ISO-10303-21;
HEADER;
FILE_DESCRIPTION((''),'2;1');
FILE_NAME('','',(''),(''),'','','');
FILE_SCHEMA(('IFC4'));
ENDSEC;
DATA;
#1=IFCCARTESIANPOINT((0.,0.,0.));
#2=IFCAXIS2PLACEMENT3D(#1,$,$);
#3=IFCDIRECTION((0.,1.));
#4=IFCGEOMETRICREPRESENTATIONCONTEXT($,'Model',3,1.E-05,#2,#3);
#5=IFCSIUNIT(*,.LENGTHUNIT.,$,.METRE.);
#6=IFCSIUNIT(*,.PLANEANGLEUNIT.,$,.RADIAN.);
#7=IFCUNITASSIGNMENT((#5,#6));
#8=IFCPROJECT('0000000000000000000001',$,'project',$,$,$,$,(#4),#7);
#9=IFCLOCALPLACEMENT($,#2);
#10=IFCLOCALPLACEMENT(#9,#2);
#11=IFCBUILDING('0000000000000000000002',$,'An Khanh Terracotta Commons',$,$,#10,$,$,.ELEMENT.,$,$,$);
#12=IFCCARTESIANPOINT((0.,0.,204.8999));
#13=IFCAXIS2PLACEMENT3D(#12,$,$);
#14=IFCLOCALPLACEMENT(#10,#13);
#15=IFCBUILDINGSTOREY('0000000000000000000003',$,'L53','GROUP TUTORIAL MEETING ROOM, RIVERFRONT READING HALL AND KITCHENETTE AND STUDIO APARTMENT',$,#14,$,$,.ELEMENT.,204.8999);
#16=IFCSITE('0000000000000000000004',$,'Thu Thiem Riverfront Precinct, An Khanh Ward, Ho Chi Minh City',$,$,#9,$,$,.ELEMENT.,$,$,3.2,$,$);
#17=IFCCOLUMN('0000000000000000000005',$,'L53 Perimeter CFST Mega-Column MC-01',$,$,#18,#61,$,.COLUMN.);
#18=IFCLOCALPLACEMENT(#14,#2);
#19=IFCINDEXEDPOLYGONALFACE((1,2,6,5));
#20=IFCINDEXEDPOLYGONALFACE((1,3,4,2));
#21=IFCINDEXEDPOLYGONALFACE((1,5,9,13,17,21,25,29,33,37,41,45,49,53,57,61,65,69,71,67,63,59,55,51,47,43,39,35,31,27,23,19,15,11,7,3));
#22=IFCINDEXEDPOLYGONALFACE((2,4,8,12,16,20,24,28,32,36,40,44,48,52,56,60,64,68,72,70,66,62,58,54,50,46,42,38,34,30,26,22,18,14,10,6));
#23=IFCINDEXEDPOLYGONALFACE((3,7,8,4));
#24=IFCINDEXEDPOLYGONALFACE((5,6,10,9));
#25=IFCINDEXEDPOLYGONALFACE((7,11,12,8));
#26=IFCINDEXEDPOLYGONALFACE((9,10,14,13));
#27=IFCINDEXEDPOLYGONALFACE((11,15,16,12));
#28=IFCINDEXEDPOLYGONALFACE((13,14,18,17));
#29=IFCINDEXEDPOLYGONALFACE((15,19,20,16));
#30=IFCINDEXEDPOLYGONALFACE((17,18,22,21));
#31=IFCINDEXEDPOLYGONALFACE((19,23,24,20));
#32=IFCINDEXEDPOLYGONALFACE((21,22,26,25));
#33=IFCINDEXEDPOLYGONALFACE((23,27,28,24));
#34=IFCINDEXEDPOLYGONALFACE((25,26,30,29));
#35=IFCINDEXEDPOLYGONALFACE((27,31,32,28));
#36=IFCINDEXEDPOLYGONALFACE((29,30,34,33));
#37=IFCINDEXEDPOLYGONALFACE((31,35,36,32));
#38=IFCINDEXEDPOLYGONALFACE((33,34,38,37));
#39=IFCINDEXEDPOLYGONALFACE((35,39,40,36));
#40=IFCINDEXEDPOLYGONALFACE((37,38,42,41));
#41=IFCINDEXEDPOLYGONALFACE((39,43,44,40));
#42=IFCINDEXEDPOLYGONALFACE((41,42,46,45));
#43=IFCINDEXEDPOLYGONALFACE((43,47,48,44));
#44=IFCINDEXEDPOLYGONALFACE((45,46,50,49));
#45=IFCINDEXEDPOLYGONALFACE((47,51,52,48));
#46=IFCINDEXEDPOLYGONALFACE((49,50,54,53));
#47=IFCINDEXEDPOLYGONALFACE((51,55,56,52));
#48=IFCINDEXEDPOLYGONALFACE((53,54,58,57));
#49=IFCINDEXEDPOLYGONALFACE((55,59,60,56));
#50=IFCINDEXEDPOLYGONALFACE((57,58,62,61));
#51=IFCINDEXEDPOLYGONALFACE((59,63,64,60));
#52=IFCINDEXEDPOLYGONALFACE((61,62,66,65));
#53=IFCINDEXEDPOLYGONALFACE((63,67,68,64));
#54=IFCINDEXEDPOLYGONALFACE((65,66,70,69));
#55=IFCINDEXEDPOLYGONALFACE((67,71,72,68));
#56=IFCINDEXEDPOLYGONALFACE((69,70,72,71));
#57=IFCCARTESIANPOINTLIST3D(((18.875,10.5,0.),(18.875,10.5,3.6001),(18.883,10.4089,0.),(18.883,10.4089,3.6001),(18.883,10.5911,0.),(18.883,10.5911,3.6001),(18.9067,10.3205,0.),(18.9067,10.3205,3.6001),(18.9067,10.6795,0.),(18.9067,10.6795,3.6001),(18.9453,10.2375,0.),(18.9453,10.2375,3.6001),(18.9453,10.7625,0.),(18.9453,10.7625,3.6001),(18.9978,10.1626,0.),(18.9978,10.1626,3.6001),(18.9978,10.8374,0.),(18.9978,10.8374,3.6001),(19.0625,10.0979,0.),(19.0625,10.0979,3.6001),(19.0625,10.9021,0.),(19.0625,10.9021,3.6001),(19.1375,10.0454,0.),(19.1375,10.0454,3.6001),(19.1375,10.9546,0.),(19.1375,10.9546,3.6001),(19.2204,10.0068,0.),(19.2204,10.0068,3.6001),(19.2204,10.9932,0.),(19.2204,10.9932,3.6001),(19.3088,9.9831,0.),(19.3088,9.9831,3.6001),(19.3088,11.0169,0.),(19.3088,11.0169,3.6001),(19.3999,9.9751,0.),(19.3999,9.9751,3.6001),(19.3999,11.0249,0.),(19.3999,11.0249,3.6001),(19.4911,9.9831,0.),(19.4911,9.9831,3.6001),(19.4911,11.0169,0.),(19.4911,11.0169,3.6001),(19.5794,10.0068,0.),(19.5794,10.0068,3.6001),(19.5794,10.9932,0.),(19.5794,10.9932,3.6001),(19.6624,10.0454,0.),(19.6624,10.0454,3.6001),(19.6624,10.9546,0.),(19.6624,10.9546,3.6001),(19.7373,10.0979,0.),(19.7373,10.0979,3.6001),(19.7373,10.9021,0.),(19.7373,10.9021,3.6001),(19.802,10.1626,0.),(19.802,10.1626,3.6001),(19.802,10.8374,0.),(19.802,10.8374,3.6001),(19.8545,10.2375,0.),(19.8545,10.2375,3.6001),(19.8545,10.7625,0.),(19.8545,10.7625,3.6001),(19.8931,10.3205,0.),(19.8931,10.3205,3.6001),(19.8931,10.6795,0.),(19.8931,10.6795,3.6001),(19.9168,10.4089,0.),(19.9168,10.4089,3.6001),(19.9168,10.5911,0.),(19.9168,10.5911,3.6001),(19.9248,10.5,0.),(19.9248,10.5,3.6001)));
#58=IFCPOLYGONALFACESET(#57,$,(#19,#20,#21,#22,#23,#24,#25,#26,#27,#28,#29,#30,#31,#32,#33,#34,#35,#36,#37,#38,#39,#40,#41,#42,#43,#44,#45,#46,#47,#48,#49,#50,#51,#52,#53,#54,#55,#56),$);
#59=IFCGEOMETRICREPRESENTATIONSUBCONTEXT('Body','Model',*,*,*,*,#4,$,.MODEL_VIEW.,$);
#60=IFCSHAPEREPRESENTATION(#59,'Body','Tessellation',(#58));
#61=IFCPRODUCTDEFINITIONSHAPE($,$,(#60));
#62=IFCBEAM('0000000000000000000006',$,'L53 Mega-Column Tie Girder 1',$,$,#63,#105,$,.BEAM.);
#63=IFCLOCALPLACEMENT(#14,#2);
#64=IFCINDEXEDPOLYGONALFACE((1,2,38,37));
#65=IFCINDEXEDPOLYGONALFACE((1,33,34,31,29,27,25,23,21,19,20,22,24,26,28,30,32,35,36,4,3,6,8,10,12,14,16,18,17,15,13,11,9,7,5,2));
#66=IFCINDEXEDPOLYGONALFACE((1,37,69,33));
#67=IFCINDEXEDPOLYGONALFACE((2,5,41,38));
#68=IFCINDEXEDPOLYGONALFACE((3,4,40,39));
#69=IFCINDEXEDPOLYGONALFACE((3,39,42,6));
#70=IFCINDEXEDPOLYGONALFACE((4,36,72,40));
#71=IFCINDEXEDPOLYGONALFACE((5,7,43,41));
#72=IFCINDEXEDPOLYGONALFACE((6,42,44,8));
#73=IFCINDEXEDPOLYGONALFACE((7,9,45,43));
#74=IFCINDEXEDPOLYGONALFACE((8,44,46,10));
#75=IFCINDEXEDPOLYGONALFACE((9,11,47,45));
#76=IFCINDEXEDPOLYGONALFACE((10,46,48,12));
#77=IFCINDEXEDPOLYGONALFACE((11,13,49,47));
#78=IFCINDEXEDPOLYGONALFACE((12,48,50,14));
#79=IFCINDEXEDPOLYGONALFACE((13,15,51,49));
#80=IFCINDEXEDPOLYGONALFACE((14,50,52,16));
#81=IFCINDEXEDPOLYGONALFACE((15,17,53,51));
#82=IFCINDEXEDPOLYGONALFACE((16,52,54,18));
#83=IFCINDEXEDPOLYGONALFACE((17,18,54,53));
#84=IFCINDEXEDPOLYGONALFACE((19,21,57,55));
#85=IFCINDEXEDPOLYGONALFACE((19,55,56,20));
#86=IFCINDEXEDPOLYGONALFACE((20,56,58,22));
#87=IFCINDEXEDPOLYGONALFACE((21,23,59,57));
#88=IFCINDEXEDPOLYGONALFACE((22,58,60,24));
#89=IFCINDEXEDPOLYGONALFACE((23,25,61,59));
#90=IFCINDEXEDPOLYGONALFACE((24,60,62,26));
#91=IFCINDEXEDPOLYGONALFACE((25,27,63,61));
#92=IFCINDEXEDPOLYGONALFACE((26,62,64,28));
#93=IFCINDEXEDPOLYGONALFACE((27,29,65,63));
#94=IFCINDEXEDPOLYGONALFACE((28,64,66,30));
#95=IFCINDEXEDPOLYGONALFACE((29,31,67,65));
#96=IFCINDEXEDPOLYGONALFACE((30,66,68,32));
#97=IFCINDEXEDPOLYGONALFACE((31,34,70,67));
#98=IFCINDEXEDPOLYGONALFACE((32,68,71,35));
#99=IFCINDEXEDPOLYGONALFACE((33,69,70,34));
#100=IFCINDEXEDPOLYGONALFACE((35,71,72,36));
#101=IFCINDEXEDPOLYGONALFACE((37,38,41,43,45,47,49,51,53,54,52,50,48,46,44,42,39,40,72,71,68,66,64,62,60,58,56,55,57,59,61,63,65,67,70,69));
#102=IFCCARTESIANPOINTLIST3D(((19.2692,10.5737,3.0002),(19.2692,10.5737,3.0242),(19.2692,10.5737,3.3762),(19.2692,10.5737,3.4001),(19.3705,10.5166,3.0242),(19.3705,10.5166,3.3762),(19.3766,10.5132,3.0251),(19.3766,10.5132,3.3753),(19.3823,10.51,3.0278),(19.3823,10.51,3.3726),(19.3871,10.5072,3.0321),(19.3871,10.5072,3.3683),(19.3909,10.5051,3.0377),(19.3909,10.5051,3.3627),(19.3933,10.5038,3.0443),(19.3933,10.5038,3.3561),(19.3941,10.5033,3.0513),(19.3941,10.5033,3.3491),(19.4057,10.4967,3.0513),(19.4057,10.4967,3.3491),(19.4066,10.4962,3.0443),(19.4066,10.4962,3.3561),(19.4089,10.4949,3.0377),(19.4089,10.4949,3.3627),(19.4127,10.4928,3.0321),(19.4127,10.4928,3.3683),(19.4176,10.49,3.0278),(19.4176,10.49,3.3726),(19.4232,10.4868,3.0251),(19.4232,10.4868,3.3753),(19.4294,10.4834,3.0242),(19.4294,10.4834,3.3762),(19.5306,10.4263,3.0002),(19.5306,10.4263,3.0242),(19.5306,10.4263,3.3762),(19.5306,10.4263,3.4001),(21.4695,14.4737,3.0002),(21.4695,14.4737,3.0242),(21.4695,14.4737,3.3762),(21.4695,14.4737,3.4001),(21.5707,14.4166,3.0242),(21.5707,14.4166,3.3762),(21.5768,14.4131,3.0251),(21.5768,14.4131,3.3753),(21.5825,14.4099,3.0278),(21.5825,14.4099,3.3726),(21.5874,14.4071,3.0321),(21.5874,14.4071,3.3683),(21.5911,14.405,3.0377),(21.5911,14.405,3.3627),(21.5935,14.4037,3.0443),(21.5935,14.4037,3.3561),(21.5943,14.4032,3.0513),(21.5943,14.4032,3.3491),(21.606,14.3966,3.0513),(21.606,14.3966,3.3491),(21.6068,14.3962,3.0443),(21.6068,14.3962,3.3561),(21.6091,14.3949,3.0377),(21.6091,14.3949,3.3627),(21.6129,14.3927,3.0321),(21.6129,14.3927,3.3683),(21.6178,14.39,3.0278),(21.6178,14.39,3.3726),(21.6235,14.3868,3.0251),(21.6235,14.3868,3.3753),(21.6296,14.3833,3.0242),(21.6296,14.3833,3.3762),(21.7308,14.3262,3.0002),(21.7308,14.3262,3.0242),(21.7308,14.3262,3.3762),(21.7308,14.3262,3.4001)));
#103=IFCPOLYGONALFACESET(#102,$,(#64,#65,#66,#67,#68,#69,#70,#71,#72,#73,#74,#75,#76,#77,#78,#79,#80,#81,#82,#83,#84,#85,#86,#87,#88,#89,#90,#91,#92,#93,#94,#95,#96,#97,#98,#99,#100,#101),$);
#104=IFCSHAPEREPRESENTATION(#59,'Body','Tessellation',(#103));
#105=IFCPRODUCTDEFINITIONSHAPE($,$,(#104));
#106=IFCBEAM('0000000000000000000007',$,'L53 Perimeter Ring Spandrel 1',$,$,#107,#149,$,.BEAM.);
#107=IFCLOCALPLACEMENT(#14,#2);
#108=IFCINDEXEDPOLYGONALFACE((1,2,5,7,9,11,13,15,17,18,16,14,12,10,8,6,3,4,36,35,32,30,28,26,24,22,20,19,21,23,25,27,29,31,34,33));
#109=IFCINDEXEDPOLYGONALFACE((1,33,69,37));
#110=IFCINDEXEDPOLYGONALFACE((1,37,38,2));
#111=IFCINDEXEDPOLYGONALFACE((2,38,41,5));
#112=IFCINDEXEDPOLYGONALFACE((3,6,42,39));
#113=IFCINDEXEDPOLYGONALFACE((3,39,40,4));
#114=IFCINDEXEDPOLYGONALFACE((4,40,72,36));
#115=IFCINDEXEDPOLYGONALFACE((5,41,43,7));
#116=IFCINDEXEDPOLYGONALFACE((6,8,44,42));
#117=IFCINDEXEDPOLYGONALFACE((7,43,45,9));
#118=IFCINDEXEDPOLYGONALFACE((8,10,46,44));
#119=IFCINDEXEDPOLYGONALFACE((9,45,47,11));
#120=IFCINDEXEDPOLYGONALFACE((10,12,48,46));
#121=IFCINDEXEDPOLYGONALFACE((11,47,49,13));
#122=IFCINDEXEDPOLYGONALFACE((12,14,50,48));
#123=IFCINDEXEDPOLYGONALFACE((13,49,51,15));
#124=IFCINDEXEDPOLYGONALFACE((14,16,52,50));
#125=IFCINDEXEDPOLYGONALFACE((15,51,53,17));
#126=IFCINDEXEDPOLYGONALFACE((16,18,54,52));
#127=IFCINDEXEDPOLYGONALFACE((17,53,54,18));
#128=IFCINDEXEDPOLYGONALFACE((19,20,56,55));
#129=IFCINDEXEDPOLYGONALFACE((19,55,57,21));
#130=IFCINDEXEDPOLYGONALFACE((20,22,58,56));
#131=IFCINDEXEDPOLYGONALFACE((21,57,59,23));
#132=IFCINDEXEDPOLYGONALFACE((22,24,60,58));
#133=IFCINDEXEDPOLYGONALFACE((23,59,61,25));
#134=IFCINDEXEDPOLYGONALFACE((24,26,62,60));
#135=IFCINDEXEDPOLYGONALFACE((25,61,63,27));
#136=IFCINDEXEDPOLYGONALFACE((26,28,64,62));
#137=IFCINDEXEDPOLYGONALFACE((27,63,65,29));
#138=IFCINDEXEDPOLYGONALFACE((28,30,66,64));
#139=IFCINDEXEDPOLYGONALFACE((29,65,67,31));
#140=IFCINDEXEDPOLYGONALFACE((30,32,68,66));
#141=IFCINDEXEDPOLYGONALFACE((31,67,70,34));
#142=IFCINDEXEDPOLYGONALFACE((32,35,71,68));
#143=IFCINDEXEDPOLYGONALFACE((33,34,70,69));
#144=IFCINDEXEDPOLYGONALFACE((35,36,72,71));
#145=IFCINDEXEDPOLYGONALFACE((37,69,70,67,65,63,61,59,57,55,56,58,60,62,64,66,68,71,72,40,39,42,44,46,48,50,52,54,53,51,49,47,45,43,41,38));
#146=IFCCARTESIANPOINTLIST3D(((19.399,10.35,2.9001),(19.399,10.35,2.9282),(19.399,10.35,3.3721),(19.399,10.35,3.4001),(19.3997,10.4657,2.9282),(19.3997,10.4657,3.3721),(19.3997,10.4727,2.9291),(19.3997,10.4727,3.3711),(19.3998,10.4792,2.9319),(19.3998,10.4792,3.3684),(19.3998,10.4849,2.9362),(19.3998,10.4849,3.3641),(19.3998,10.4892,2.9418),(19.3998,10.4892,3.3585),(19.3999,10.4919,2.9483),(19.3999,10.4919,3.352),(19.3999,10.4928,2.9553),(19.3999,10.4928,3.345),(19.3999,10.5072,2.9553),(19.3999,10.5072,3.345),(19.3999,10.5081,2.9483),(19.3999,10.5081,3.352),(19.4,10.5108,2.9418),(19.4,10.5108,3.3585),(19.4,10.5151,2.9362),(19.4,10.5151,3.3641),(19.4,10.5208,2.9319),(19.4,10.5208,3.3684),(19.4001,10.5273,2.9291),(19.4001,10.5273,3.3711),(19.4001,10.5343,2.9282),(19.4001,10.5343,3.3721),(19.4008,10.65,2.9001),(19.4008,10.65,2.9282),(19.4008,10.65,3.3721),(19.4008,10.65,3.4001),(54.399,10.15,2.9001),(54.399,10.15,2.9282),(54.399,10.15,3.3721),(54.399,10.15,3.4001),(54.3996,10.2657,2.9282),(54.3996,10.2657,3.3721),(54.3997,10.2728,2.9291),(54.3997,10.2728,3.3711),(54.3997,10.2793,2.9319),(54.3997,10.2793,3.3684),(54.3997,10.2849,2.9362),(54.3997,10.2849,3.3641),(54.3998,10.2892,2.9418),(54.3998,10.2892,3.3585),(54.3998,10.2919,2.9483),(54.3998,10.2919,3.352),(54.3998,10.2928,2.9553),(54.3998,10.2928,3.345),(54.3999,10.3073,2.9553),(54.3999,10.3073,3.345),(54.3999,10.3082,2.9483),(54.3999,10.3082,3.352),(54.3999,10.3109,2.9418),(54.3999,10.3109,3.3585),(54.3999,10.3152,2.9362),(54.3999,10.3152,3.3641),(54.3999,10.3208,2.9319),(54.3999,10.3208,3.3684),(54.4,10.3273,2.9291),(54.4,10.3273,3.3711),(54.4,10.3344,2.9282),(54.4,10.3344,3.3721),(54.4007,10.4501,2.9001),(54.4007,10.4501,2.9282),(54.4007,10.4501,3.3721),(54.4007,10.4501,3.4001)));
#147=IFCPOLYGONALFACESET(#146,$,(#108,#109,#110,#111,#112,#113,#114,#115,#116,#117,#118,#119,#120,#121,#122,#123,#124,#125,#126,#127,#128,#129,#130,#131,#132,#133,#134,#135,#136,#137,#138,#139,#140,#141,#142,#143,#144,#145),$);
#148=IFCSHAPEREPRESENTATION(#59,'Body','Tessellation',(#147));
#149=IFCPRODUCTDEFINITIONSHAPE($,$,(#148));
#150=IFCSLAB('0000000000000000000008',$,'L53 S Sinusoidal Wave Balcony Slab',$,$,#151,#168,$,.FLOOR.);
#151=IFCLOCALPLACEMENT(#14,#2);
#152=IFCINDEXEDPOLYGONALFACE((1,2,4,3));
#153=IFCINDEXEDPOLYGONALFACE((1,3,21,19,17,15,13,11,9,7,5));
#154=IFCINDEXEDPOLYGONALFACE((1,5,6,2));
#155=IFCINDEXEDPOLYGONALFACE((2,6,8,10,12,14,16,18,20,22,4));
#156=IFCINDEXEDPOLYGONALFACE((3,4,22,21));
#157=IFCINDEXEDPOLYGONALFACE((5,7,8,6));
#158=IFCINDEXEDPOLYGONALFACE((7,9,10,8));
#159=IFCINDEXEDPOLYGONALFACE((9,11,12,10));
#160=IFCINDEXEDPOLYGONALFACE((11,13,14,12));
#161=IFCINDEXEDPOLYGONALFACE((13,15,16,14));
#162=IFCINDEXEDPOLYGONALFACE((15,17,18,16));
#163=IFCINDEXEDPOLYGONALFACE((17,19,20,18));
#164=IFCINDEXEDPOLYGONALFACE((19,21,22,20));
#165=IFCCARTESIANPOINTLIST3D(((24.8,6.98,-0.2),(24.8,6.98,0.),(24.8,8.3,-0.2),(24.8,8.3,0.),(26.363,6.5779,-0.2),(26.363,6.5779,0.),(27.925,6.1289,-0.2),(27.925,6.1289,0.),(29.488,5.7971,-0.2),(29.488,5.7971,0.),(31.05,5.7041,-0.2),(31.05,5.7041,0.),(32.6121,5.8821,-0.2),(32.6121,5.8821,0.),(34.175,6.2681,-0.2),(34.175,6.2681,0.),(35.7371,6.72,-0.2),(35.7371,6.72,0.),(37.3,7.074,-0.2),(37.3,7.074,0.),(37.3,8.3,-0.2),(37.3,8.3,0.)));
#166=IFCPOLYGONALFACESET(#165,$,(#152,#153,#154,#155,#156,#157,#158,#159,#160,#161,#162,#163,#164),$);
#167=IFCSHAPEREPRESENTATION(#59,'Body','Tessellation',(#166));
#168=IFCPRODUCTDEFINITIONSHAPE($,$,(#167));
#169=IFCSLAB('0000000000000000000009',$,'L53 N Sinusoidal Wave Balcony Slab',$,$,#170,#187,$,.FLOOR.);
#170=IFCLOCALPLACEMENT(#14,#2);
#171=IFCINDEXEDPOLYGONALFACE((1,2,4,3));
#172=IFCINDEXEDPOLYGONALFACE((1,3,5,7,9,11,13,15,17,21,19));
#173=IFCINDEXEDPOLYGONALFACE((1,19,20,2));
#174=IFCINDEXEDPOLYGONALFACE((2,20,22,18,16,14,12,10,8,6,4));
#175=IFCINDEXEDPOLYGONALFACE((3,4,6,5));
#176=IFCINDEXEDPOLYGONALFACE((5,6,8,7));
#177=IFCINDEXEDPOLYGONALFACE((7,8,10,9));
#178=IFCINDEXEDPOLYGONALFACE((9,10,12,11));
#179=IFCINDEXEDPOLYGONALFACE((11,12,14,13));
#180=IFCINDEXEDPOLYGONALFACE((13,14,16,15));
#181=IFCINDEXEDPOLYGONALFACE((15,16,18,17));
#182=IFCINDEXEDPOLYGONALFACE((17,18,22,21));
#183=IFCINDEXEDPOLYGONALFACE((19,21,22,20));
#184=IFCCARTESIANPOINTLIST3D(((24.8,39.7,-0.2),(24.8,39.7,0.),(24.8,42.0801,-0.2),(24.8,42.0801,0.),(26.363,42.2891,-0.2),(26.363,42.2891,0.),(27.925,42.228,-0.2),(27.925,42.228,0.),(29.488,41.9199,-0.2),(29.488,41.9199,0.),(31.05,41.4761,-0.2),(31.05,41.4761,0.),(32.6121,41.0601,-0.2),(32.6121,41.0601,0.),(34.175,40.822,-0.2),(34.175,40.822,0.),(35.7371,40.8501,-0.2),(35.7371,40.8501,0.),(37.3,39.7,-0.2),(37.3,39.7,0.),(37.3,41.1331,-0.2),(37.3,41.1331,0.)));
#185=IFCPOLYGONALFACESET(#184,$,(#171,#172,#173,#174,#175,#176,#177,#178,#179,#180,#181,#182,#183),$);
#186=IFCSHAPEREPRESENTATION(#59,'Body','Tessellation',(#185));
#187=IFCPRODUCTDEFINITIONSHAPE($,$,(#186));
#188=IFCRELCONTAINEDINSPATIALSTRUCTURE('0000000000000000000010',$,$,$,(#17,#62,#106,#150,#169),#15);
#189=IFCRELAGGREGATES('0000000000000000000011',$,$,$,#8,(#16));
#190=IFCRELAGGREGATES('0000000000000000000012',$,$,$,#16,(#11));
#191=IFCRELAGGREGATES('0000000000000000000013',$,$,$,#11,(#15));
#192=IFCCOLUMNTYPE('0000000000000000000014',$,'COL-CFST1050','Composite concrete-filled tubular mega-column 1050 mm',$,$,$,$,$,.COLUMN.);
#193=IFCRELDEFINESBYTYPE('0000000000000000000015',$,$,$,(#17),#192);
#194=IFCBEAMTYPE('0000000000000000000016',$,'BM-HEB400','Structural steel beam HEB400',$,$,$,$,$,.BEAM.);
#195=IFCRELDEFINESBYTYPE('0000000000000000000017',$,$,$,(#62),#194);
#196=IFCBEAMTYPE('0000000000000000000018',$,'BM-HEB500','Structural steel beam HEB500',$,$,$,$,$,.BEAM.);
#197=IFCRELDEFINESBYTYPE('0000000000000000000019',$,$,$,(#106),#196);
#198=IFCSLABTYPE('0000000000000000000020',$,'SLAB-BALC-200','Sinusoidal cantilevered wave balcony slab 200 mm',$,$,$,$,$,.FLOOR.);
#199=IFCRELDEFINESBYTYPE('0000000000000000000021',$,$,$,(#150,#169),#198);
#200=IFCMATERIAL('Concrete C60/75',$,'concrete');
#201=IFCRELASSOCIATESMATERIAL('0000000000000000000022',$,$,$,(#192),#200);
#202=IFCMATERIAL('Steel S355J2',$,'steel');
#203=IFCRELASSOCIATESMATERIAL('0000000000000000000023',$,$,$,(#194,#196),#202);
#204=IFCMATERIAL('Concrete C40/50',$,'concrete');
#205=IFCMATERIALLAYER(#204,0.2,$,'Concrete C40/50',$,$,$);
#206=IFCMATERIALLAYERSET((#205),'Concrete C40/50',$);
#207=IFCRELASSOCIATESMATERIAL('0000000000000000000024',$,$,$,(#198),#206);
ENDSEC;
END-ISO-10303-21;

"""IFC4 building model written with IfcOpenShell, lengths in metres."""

from ifc_helpers import new_model, si_unit, direction, frame, origin, origin_2d, place, context, subcontext, project, spatial, polyline, circle, i_section, outline, extrude, material, layer, layer_set, material_profile, profile_set, type_object, element, save


model = new_model("IFC4")

# Units and contexts
model_context = context("Model", 3, precision=1e-05, world=origin(), true_north=direction((0.0, 1.0)))
body_context = subcontext(model_context, "Body", "Model", "MODEL_VIEW")
ifc_project = project(units=[si_unit("LENGTHUNIT", "METRE"), si_unit("PLANEANGLEUNIT", "RADIAN")], contexts=[model_context])

# Site, building, storey
site_placement = place(None, origin())
site = spatial("IfcSite", under=ifc_project, at=site_placement, Name="Thu Thiem Riverfront Precinct, An Khanh Ward, Ho Chi Minh City", CompositionType="ELEMENT", RefElevation=3.2)
building_placement = place(site_placement, origin())
building = spatial("IfcBuilding", under=site, at=building_placement, Name="An Khanh Terracotta Commons", CompositionType="ELEMENT")
storey_placement = place(building_placement, frame((0.0, 0.0, 204.8999)))
storey = spatial("IfcBuildingStorey", under=building, at=storey_placement, Name="L53", Description="GROUP TUTORIAL MEETING ROOM, RIVERFRONT READING HALL AND KITCHENETTE AND STUDIO APARTMENT", CompositionType="ELEMENT", Elevation=204.8999)

# Column
ifc_material_1 = material(Name="Concrete C60/75", Category="concrete")
ifc_material_profile_1 = material_profile(ifc_material_1, circle(Radius=0.5249, at=origin_2d()), Name="CFST1050")
ifc_profile_set_1 = profile_set([ifc_material_profile_1], Name="Concrete C60/75")
column_type = type_object("IfcColumnType", Name="COL-CFST1050", Description="Composite concrete-filled tubular mega-column 1050 mm", PredefinedType="COLUMN", material=ifc_profile_set_1)
column_placement = place(storey_placement, frame((19.3999, 10.5, 0.0), z_axis=(0.0, 0.0, 1.0), x_axis=(1.0, 0.0, 0.0)))
element("IfcColumn", 1, at=column_placement, inside=storey, type_object=column_type, Name="L53 Perimeter CFST Mega-Column MC-01", PredefinedType="COLUMN", context=body_context, shape_type="SweptSolid", body=[
    extrude(circle(Radius=0.5249, at=origin_2d()), origin(), (0.0, 0.0, 1.0), 3.6001),
])

# Beams
ifc_material_2 = material(Name="Steel S355J2", Category="steel")
ifc_material_profile_2 = material_profile(ifc_material_2, i_section(OverallWidth=0.3, OverallDepth=0.3999, WebThickness=0.0134, FlangeThickness=0.0239, FilletRadius=0.0271, at=origin_2d()), Name="HEB400")
ifc_profile_set_2 = profile_set([ifc_material_profile_2], Name="Steel S355J2")
beam_type_1 = type_object("IfcBeamType", Name="BM-HEB400", Description="Structural steel beam HEB400", PredefinedType="BEAM", material=ifc_profile_set_2)
beam_1_placement = place(storey_placement, frame((19.3999, 10.5, 3.2002), z_axis=(0.491364, 0.870955, 0.0), x_axis=(-0.870955, 0.491364, 0.0)))
element("IfcBeam", 2, at=beam_1_placement, inside=storey, type_object=beam_type_1, Name="L53 Mega-Column Tie Girder 1", PredefinedType="BEAM", context=body_context, shape_type="SweptSolid", body=[
    extrude(i_section(OverallWidth=0.3, OverallDepth=0.3999, WebThickness=0.0134, FlangeThickness=0.0239, FilletRadius=0.0271, at=origin_2d()), origin(), (0.0, 0.0, 1.0), 4.4778),
])
ifc_material_profile_3 = material_profile(ifc_material_2, i_section(OverallWidth=0.3, OverallDepth=0.5, WebThickness=0.0144, FlangeThickness=0.0281, FilletRadius=0.0271, at=origin_2d()), Name="HEB500")
ifc_profile_set_3 = profile_set([ifc_material_profile_3], Name="Steel S355J2")
beam_type_2 = type_object("IfcBeamType", Name="BM-HEB500", Description="Structural steel beam HEB500", PredefinedType="BEAM", material=ifc_profile_set_3)
beam_2_placement = place(storey_placement, frame((19.3999, 10.5, 3.1501), z_axis=(0.999984, -0.005713, 0.0), x_axis=(0.005713, 0.999984, 0.0)))
element("IfcBeam", 3, at=beam_2_placement, inside=storey, type_object=beam_type_2, Name="L53 Perimeter Ring Spandrel 1", PredefinedType="BEAM", context=body_context, shape_type="SweptSolid", body=[
    extrude(i_section(OverallWidth=0.3, OverallDepth=0.5, WebThickness=0.0144, FlangeThickness=0.0281, FilletRadius=0.0271, at=origin_2d()), origin(), (0.0, 0.0, 1.0), 35.0005),
])

# Slabs
ifc_material_3 = material(Name="Concrete C40/50", Category="concrete")
ifc_layer_1 = layer(ifc_material_3, 0.2, Name="Concrete C40/50")
ifc_layer_set_1 = layer_set([ifc_layer_1], Name="Concrete C40/50")
slab_type_1 = type_object("IfcSlabType", Name="SLAB-BALC-200", Description="Sinusoidal cantilevered wave balcony slab 200 mm", PredefinedType="FLOOR", material=ifc_layer_set_1)
slab_1_placement = place(storey_placement, frame((0.0, 0.0, -0.2)))
element("IfcSlab", 4, at=slab_1_placement, inside=storey, type_object=slab_type_1, Name="L53 S Sinusoidal Wave Balcony Slab", PredefinedType="FLOOR", context=body_context, shape_type="SweptSolid", body=[
    extrude(outline(polyline([(24.8, 8.3), (24.8, 6.98), (26.363, 6.5779), (27.925, 6.1289), (29.488, 5.7971), (31.05, 5.7041), (32.6121, 5.8821), (34.175, 6.2681), (35.7371, 6.72), (37.3, 7.074), (37.3, 8.3), (24.8, 8.3)])), origin(), (0.0, 0.0, 1.0), 0.2),
])
slab_2_placement = place(storey_placement, frame((0.0, 0.0, -0.2)))
element("IfcSlab", 5, at=slab_2_placement, inside=storey, type_object=slab_type_1, Name="L53 N Sinusoidal Wave Balcony Slab", PredefinedType="FLOOR", context=body_context, shape_type="SweptSolid", body=[
    extrude(outline(polyline([(37.3, 39.7), (37.3, 41.1331), (35.7371, 40.8501), (34.175, 40.822), (32.6121, 41.0601), (31.05, 41.4761), (29.488, 41.9199), (27.925, 42.228), (26.363, 42.2891), (24.8, 42.0801), (24.8, 39.7), (37.3, 39.7)])), origin(), (0.0, 0.0, 1.0), 0.2),
])

save(model, "model.ifc")
